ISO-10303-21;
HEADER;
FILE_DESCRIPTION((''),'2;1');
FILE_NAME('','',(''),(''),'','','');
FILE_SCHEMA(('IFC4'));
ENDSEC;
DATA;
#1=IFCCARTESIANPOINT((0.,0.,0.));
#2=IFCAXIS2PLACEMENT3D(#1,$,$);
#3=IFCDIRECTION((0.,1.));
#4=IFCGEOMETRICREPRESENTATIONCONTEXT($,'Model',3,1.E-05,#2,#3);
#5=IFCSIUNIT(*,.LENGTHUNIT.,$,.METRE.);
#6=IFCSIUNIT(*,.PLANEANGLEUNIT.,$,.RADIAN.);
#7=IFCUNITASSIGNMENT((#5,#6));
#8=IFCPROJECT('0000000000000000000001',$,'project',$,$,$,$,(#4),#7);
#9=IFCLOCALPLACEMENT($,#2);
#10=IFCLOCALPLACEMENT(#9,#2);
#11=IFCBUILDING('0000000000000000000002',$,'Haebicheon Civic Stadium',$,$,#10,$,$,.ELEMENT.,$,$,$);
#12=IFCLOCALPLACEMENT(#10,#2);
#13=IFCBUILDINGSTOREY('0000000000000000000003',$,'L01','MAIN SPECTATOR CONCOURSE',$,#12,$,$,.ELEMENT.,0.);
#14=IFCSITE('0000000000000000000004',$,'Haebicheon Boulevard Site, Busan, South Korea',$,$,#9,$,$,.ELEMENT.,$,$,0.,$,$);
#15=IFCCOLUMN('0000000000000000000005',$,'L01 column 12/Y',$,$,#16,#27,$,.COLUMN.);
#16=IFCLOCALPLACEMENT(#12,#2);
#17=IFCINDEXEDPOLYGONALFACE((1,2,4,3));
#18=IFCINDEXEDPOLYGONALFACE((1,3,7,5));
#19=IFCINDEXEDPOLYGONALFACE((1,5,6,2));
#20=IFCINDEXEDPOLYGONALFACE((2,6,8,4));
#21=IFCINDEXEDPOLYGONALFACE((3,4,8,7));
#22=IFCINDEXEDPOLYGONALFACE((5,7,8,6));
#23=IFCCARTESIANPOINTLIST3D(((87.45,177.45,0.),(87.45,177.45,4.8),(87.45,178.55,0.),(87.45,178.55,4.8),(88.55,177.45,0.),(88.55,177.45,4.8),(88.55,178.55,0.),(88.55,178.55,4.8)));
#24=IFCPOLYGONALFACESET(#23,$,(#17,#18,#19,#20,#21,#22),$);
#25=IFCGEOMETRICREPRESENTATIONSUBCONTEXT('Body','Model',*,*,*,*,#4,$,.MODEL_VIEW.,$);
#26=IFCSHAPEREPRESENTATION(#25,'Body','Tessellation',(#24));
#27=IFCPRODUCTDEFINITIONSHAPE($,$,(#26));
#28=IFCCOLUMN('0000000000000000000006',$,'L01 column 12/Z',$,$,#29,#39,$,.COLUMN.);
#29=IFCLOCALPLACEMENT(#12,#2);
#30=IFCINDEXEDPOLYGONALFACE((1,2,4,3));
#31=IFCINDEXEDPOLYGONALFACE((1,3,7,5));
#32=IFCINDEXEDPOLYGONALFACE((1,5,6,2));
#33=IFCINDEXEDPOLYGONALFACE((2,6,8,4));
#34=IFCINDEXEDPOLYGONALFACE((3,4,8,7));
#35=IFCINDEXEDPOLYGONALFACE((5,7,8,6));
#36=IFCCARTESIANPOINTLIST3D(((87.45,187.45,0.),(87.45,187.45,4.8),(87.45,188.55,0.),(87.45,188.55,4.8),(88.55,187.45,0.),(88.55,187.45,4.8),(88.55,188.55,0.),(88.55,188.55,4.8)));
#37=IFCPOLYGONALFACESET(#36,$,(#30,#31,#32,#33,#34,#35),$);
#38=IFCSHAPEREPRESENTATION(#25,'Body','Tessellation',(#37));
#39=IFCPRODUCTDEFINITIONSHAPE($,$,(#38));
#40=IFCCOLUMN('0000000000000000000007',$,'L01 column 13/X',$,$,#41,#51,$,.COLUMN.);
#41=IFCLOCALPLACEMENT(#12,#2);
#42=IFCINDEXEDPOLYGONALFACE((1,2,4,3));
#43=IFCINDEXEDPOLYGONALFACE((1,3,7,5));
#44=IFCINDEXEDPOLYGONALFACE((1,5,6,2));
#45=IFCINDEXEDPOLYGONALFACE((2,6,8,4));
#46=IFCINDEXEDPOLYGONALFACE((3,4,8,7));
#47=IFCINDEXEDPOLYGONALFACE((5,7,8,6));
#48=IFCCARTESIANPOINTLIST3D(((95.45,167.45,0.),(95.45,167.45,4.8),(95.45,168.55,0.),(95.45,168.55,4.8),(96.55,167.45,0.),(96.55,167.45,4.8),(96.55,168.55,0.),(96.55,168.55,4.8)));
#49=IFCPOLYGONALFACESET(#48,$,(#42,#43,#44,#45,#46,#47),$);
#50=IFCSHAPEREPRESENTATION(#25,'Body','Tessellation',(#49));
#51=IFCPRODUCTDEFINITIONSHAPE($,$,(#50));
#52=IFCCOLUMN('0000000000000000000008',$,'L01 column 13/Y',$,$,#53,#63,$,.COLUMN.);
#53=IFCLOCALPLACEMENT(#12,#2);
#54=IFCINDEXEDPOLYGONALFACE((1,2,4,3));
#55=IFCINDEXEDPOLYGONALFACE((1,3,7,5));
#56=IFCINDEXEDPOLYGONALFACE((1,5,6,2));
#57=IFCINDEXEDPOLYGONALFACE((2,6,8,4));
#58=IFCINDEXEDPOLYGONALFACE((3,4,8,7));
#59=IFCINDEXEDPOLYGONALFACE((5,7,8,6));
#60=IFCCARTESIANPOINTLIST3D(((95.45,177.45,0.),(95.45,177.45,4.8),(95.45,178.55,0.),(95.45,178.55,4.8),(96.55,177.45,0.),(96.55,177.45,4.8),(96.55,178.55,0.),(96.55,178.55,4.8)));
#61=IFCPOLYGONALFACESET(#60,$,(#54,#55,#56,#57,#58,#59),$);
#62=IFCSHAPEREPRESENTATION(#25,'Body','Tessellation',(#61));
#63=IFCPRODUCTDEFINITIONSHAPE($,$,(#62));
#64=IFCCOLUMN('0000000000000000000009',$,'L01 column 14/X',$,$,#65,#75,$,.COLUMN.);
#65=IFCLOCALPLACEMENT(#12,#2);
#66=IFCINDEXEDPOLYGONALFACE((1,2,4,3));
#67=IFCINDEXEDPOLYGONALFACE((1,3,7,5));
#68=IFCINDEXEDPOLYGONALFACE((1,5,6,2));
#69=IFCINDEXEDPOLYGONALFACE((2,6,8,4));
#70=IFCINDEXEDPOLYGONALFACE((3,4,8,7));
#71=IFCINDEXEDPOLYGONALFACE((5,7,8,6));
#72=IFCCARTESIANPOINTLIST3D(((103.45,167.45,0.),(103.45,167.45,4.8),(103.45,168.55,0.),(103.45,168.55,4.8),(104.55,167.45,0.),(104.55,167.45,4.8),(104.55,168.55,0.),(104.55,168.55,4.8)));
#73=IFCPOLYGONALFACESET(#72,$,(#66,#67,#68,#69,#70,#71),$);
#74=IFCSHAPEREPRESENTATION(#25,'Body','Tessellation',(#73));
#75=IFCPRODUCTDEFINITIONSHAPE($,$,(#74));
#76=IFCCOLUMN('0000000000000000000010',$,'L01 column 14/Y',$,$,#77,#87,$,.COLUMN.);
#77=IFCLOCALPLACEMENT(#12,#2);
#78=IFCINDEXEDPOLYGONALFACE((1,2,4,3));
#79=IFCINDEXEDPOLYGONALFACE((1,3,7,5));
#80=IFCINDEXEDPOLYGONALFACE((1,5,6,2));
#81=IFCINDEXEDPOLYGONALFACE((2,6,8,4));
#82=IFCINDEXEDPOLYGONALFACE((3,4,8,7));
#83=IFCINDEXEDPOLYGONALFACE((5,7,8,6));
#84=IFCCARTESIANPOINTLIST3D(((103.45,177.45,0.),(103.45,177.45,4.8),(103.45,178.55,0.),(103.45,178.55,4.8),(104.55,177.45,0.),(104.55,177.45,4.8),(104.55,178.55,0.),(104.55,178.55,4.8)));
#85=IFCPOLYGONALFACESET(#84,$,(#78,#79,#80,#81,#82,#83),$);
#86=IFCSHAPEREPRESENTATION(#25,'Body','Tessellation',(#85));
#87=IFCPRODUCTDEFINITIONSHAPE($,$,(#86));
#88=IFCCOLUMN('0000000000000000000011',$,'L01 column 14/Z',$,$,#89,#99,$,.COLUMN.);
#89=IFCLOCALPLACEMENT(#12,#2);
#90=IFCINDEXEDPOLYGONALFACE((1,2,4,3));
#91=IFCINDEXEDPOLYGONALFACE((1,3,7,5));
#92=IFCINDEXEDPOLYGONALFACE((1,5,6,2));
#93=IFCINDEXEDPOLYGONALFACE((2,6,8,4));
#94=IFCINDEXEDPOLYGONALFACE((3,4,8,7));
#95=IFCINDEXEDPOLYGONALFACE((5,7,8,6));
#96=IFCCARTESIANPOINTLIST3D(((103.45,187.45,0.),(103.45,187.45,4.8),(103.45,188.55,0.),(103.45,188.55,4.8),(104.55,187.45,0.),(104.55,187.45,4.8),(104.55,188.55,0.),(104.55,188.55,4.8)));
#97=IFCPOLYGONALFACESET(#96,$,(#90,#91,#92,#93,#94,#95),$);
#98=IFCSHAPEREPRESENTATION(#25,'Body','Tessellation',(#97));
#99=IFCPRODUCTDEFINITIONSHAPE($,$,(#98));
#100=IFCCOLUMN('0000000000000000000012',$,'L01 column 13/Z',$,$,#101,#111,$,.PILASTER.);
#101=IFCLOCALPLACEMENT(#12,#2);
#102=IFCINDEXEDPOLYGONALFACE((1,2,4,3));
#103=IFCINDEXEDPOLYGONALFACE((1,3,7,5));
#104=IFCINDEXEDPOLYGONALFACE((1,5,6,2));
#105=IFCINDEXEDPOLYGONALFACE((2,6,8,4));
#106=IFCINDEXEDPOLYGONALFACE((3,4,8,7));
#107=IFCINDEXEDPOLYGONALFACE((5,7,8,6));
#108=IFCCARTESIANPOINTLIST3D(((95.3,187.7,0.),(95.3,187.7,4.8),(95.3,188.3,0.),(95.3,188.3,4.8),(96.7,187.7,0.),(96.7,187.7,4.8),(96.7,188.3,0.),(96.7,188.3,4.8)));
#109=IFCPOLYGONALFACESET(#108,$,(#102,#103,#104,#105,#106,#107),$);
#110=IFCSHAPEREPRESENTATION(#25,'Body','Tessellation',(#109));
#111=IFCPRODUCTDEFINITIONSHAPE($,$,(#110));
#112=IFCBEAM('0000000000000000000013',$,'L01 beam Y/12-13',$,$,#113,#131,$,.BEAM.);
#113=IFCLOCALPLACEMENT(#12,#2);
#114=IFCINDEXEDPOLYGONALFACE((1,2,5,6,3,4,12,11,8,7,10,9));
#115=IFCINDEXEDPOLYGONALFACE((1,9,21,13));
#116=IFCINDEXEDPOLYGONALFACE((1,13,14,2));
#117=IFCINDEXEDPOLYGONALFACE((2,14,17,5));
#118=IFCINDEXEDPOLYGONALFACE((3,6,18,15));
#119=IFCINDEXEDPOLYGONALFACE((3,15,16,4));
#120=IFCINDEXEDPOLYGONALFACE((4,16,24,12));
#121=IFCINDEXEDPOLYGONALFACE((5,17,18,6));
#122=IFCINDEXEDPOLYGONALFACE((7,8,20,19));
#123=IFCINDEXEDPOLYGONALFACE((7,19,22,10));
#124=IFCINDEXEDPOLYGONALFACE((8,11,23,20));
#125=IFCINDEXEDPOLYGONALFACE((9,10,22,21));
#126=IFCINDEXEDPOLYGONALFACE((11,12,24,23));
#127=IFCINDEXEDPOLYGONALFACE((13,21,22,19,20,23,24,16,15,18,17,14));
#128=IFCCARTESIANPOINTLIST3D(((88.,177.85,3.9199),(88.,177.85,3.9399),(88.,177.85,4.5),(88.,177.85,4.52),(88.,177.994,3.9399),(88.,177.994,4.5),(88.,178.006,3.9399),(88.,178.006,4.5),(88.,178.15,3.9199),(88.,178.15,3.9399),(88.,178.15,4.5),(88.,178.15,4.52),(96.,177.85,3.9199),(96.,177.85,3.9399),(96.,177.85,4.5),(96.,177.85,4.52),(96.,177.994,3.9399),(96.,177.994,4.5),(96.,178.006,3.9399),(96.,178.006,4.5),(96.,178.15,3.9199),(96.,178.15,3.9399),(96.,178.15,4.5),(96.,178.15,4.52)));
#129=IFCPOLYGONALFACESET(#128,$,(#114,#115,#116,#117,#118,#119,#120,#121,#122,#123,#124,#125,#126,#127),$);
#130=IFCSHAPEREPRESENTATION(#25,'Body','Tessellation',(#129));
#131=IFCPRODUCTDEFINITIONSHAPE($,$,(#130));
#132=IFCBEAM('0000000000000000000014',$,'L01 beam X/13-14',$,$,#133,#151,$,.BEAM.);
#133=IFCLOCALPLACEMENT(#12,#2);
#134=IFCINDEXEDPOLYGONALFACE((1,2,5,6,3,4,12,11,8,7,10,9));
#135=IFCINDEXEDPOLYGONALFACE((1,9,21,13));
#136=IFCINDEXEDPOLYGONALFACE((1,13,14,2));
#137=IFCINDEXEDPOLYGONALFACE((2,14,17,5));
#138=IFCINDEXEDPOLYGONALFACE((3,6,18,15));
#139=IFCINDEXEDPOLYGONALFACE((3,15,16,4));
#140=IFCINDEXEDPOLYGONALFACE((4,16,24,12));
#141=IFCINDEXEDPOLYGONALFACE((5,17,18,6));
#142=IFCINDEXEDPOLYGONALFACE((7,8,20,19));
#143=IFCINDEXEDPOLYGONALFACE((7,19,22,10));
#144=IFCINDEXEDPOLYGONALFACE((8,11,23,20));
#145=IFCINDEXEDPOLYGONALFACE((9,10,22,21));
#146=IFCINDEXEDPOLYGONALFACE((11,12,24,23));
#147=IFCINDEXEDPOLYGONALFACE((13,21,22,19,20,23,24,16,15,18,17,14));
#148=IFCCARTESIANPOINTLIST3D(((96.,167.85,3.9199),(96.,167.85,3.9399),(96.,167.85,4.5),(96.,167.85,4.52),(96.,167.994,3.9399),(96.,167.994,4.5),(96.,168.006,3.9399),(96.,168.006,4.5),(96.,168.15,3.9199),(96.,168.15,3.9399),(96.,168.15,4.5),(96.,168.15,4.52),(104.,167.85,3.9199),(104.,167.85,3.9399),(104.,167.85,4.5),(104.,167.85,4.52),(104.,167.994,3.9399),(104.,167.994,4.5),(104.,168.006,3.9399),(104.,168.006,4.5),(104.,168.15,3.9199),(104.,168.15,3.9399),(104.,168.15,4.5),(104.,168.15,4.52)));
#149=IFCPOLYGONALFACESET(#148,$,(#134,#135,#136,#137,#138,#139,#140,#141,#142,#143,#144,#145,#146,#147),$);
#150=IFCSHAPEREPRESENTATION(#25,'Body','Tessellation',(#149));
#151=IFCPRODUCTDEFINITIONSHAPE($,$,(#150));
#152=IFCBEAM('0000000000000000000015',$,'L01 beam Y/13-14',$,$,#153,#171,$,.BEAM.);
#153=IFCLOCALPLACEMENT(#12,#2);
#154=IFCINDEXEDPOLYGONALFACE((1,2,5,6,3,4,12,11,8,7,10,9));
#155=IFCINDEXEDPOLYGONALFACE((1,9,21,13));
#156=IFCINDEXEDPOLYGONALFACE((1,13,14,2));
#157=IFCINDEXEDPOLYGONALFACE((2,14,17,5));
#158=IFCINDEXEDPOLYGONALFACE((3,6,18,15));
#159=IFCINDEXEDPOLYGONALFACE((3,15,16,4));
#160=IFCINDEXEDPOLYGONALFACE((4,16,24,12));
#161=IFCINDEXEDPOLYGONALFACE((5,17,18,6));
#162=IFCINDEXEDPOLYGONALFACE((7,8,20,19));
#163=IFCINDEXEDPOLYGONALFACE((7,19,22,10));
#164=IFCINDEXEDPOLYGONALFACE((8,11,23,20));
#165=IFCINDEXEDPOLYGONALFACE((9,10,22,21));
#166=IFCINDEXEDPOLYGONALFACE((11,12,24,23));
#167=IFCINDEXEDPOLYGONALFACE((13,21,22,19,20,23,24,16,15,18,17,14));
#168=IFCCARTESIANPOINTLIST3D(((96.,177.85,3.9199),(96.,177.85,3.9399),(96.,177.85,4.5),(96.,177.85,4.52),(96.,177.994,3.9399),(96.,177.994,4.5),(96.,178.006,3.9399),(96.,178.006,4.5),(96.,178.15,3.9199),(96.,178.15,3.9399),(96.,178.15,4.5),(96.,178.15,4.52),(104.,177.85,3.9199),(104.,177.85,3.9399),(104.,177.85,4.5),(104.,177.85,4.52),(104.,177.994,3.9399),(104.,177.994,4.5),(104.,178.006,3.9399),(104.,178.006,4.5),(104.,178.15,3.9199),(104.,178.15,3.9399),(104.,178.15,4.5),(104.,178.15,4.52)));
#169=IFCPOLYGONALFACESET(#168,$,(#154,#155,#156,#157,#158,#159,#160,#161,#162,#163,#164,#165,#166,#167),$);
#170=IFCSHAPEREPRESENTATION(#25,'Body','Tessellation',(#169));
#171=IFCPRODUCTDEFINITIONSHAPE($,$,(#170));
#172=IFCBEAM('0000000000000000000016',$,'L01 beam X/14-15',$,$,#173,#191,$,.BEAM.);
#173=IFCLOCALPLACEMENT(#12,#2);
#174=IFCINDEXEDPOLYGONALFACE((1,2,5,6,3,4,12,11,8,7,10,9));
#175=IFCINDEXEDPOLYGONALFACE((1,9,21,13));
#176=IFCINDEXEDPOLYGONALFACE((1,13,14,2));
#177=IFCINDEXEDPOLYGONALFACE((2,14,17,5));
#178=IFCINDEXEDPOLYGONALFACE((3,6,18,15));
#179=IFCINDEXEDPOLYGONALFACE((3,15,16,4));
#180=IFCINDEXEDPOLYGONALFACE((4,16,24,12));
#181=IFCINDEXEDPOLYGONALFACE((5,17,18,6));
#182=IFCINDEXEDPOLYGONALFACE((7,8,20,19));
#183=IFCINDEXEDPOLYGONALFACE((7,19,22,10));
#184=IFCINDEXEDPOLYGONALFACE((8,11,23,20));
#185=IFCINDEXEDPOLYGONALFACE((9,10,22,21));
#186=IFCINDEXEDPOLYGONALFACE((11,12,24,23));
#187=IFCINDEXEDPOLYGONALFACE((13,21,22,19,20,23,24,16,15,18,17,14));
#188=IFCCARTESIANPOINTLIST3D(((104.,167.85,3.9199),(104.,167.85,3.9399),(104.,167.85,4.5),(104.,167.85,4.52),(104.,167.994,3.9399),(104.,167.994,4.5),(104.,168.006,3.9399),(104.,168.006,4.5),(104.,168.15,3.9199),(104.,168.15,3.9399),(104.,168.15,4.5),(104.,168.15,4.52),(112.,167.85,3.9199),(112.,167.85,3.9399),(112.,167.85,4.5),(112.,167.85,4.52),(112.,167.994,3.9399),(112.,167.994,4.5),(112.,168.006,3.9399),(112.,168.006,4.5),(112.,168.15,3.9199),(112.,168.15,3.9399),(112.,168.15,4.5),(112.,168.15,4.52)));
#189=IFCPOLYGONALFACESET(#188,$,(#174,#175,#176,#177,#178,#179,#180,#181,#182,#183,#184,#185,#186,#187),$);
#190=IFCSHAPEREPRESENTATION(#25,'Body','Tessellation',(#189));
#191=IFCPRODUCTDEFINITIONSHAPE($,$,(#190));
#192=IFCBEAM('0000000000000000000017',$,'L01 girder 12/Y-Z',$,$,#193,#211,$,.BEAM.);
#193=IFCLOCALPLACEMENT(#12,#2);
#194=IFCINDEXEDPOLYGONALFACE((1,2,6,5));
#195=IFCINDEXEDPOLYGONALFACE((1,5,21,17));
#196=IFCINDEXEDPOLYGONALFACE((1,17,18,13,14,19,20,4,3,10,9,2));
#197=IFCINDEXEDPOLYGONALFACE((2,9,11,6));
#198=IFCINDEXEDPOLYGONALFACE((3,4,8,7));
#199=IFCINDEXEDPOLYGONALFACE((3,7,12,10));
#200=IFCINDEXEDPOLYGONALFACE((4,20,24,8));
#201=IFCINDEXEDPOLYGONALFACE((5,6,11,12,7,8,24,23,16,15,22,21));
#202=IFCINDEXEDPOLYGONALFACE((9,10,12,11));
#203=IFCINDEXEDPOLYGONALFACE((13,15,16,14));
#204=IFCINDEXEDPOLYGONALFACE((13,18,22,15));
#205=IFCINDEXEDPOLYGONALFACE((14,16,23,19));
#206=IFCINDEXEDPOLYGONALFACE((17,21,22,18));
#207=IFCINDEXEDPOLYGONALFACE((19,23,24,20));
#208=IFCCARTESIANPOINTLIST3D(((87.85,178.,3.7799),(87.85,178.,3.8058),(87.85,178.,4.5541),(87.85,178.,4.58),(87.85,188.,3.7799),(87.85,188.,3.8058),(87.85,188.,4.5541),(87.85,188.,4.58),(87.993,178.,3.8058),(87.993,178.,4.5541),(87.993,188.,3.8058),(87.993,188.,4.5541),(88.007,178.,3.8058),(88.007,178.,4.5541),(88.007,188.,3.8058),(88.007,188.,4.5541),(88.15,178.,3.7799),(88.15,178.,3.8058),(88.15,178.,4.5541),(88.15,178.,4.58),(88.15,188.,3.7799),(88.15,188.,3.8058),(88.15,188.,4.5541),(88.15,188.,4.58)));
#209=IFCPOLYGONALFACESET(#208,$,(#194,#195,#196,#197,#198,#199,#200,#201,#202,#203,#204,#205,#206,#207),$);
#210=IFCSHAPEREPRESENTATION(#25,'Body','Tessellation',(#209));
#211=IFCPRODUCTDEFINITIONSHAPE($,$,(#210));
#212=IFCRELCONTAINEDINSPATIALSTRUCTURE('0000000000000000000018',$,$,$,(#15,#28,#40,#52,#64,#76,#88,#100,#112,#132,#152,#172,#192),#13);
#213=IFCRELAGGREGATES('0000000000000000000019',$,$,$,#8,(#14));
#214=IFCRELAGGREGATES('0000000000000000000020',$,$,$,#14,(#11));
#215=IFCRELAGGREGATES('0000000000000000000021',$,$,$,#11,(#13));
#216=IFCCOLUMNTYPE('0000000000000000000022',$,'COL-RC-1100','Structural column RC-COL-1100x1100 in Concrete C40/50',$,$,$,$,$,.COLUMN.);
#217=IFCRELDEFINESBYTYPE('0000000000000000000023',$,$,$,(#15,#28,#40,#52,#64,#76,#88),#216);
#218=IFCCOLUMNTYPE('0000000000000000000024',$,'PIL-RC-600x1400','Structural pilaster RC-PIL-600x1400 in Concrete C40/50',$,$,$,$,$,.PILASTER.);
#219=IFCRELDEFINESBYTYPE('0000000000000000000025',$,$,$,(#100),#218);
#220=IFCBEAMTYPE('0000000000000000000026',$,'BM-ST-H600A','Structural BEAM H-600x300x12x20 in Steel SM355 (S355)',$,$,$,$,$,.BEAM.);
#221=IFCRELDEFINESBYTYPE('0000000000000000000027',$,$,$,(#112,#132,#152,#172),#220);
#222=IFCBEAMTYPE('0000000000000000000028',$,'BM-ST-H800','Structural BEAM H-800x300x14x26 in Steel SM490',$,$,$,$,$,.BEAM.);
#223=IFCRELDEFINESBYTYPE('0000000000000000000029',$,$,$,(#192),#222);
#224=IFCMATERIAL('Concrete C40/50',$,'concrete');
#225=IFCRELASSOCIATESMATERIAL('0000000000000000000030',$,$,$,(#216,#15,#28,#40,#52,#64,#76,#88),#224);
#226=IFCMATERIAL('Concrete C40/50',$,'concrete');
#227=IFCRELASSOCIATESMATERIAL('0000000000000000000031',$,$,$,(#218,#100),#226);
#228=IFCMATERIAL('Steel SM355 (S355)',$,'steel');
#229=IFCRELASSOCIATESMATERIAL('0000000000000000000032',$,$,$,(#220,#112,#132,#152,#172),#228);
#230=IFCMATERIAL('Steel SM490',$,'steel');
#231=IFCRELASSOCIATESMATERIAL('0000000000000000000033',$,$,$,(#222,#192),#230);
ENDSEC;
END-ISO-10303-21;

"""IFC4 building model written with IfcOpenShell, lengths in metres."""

from ifc_helpers import new_model, si_unit, direction, frame, origin, origin_2d, place, context, subcontext, project, spatial, rectangle, i_section, extrude, material, material_profile, profile_set, type_object, element, save


model = new_model("IFC4")

# Units and contexts
model_context = context("Model", 3, precision=1e-05, world=origin(), true_north=direction((0.0, 1.0)))
body_context = subcontext(model_context, "Body", "Model", "MODEL_VIEW")
ifc_project = project(units=[si_unit("LENGTHUNIT", "METRE"), si_unit("PLANEANGLEUNIT", "RADIAN")], contexts=[model_context])

# Site, building, storey
site_placement = place(None, origin())
site = spatial("IfcSite", under=ifc_project, at=site_placement, Name="Haebicheon Boulevard Site, Busan, South Korea", CompositionType="ELEMENT", RefElevation=0.0)
building_placement = place(site_placement, origin())
building = spatial("IfcBuilding", under=site, at=building_placement, Name="Haebicheon Civic Stadium", CompositionType="ELEMENT")
storey_placement = place(building_placement, origin())
storey = spatial("IfcBuildingStorey", under=building, at=storey_placement, Name="L01", Description="MAIN SPECTATOR CONCOURSE", CompositionType="ELEMENT", Elevation=0.0)

# Columns
ifc_material_1 = material(Name="Concrete C40/50", Category="concrete")
ifc_material_profile_1 = material_profile(ifc_material_1, rectangle(XDim=1.1001, YDim=1.1001, at=origin_2d()), Name="RC-COL-1100x1100")
ifc_profile_set_1 = profile_set([ifc_material_profile_1], Name="Concrete C40/50")
column_type_1 = type_object("IfcColumnType", Name="COL-RC-1100", Description="Structural column RC-COL-1100x1100 in Concrete C40/50", PredefinedType="COLUMN", material=ifc_profile_set_1)
for number, where, z_axis, x_axis, name in (
    (1, (88.0, 178.0, 0.0), (0.0, 0.0, 1.0), (1.0, 0.0, 0.0), "L01 column 12/Y"),
    (2, (88.0, 188.0, 0.0), (0.0, 0.0, 1.0), (1.0, 0.0, 0.0), "L01 column 12/Z"),
    (3, (96.0, 168.0, 0.0), (0.0, 0.0, 1.0), (1.0, 0.0, 0.0), "L01 column 13/X"),
    (4, (96.0, 178.0, 0.0), (0.0, 0.0, 1.0), (1.0, 0.0, 0.0), "L01 column 13/Y"),
    (5, (104.0, 168.0, 0.0), (0.0, 0.0, 1.0), (1.0, 0.0, 0.0), "L01 column 14/X"),
    (6, (104.0, 178.0, 0.0), (0.0, 0.0, 1.0), (1.0, 0.0, 0.0), "L01 column 14/Y"),
    (7, (104.0, 188.0, 0.0), (0.0, 0.0, 1.0), (1.0, 0.0, 0.0), "L01 column 14/Z"),
):
    element("IfcColumn", number, at=place(storey_placement, frame(where, z_axis=z_axis, x_axis=x_axis)), inside=storey, type_object=column_type_1, material=ifc_profile_set_1, Name=name, PredefinedType="COLUMN", context=body_context, shape_type="SweptSolid", body=[
        extrude(rectangle(XDim=1.1001, YDim=1.1001, at=origin_2d()), origin(), (0.0, 0.0, 1.0), 4.8),
    ])
ifc_material_2 = material(Name="Concrete C40/50", Category="concrete")
ifc_material_profile_2 = material_profile(ifc_material_2, rectangle(XDim=0.6001, YDim=1.3999, at=origin_2d()), Name="RC-PIL-600x1400")
ifc_profile_set_2 = profile_set([ifc_material_profile_2], Name="Concrete C40/50")
column_type_2 = type_object("IfcColumnType", Name="PIL-RC-600x1400", Description="Structural pilaster RC-PIL-600x1400 in Concrete C40/50", PredefinedType="PILASTER", material=ifc_profile_set_2)
column_placement = place(storey_placement, frame((96.0, 188.0, 0.0), z_axis=(0.0, 0.0, 1.0), x_axis=(0.0, 1.0, 0.0)))
element("IfcColumn", 8, at=column_placement, inside=storey, type_object=column_type_2, material=ifc_profile_set_2, Name="L01 column 13/Z", PredefinedType="PILASTER", context=body_context, shape_type="SweptSolid", body=[
    extrude(rectangle(XDim=0.6001, YDim=1.3999, at=origin_2d()), origin(), (0.0, 0.0, 1.0), 4.8),
])

# Beams
ifc_material_3 = material(Name="Steel SM355 (S355)", Category="steel")
ifc_material_profile_3 = material_profile(ifc_material_3, i_section(OverallWidth=0.3, OverallDepth=0.6001, WebThickness=0.012, FlangeThickness=0.02, at=origin_2d()), Name="H-600x300x12x20")
ifc_profile_set_3 = profile_set([ifc_material_profile_3], Name="Steel SM355 (S355)")
beam_type_1 = type_object("IfcBeamType", Name="BM-ST-H600A", Description="Structural BEAM H-600x300x12x20 in Steel SM355 (S355)", PredefinedType="BEAM", material=ifc_profile_set_3)
for number, where, z_axis, x_axis, name in (
    (9, (88.0, 178.0, 4.22), (1.0, 0.0, 0.0), (0.0, 1.0, 0.0), "L01 beam Y/12-13"),
    (10, (96.0, 168.0, 4.22), (1.0, 0.0, 0.0), (0.0, 1.0, 0.0), "L01 beam X/13-14"),
    (11, (96.0, 178.0, 4.22), (1.0, 0.0, 0.0), (0.0, 1.0, 0.0), "L01 beam Y/13-14"),
    (12, (104.0, 168.0, 4.22), (1.0, 0.0, 0.0), (0.0, 1.0, 0.0), "L01 beam X/14-15"),
):
    element("IfcBeam", number, at=place(storey_placement, frame(where, z_axis=z_axis, x_axis=x_axis)), inside=storey, type_object=beam_type_1, material=ifc_profile_set_3, Name=name, PredefinedType="BEAM", context=body_context, shape_type="SweptSolid", body=[
        extrude(i_section(OverallWidth=0.3, OverallDepth=0.6001, WebThickness=0.012, FlangeThickness=0.02, at=origin_2d()), origin(), (0.0, 0.0, 1.0), 8.0),
    ])
ifc_material_4 = material(Name="Steel SM490", Category="steel")
ifc_material_profile_4 = material_profile(ifc_material_4, i_section(OverallWidth=0.3, OverallDepth=0.8, WebThickness=0.0139, FlangeThickness=0.0259, at=origin_2d()), Name="H-800x300x14x26")
ifc_profile_set_4 = profile_set([ifc_material_profile_4], Name="Steel SM490")
beam_type_2 = type_object("IfcBeamType", Name="BM-ST-H800", Description="Structural BEAM H-800x300x14x26 in Steel SM490", PredefinedType="BEAM", material=ifc_profile_set_4)
for number, where, z_axis, x_axis, name in (
    (13, (88.0, 178.0, 4.1799), (0.0, 1.0, 0.0), (-1.0, 0.0, 0.0), "L01 girder 12/Y-Z"),
):
    element("IfcBeam", number, at=place(storey_placement, frame(where, z_axis=z_axis, x_axis=x_axis)), inside=storey, type_object=beam_type_2, material=ifc_profile_set_4, Name=name, PredefinedType="BEAM", context=body_context, shape_type="SweptSolid", body=[
        extrude(i_section(OverallWidth=0.3, OverallDepth=0.8, WebThickness=0.0139, FlangeThickness=0.0259, at=origin_2d()), origin(), (0.0, 0.0, 1.0), 10.0),
    ])

save(model, "model.ifc")
